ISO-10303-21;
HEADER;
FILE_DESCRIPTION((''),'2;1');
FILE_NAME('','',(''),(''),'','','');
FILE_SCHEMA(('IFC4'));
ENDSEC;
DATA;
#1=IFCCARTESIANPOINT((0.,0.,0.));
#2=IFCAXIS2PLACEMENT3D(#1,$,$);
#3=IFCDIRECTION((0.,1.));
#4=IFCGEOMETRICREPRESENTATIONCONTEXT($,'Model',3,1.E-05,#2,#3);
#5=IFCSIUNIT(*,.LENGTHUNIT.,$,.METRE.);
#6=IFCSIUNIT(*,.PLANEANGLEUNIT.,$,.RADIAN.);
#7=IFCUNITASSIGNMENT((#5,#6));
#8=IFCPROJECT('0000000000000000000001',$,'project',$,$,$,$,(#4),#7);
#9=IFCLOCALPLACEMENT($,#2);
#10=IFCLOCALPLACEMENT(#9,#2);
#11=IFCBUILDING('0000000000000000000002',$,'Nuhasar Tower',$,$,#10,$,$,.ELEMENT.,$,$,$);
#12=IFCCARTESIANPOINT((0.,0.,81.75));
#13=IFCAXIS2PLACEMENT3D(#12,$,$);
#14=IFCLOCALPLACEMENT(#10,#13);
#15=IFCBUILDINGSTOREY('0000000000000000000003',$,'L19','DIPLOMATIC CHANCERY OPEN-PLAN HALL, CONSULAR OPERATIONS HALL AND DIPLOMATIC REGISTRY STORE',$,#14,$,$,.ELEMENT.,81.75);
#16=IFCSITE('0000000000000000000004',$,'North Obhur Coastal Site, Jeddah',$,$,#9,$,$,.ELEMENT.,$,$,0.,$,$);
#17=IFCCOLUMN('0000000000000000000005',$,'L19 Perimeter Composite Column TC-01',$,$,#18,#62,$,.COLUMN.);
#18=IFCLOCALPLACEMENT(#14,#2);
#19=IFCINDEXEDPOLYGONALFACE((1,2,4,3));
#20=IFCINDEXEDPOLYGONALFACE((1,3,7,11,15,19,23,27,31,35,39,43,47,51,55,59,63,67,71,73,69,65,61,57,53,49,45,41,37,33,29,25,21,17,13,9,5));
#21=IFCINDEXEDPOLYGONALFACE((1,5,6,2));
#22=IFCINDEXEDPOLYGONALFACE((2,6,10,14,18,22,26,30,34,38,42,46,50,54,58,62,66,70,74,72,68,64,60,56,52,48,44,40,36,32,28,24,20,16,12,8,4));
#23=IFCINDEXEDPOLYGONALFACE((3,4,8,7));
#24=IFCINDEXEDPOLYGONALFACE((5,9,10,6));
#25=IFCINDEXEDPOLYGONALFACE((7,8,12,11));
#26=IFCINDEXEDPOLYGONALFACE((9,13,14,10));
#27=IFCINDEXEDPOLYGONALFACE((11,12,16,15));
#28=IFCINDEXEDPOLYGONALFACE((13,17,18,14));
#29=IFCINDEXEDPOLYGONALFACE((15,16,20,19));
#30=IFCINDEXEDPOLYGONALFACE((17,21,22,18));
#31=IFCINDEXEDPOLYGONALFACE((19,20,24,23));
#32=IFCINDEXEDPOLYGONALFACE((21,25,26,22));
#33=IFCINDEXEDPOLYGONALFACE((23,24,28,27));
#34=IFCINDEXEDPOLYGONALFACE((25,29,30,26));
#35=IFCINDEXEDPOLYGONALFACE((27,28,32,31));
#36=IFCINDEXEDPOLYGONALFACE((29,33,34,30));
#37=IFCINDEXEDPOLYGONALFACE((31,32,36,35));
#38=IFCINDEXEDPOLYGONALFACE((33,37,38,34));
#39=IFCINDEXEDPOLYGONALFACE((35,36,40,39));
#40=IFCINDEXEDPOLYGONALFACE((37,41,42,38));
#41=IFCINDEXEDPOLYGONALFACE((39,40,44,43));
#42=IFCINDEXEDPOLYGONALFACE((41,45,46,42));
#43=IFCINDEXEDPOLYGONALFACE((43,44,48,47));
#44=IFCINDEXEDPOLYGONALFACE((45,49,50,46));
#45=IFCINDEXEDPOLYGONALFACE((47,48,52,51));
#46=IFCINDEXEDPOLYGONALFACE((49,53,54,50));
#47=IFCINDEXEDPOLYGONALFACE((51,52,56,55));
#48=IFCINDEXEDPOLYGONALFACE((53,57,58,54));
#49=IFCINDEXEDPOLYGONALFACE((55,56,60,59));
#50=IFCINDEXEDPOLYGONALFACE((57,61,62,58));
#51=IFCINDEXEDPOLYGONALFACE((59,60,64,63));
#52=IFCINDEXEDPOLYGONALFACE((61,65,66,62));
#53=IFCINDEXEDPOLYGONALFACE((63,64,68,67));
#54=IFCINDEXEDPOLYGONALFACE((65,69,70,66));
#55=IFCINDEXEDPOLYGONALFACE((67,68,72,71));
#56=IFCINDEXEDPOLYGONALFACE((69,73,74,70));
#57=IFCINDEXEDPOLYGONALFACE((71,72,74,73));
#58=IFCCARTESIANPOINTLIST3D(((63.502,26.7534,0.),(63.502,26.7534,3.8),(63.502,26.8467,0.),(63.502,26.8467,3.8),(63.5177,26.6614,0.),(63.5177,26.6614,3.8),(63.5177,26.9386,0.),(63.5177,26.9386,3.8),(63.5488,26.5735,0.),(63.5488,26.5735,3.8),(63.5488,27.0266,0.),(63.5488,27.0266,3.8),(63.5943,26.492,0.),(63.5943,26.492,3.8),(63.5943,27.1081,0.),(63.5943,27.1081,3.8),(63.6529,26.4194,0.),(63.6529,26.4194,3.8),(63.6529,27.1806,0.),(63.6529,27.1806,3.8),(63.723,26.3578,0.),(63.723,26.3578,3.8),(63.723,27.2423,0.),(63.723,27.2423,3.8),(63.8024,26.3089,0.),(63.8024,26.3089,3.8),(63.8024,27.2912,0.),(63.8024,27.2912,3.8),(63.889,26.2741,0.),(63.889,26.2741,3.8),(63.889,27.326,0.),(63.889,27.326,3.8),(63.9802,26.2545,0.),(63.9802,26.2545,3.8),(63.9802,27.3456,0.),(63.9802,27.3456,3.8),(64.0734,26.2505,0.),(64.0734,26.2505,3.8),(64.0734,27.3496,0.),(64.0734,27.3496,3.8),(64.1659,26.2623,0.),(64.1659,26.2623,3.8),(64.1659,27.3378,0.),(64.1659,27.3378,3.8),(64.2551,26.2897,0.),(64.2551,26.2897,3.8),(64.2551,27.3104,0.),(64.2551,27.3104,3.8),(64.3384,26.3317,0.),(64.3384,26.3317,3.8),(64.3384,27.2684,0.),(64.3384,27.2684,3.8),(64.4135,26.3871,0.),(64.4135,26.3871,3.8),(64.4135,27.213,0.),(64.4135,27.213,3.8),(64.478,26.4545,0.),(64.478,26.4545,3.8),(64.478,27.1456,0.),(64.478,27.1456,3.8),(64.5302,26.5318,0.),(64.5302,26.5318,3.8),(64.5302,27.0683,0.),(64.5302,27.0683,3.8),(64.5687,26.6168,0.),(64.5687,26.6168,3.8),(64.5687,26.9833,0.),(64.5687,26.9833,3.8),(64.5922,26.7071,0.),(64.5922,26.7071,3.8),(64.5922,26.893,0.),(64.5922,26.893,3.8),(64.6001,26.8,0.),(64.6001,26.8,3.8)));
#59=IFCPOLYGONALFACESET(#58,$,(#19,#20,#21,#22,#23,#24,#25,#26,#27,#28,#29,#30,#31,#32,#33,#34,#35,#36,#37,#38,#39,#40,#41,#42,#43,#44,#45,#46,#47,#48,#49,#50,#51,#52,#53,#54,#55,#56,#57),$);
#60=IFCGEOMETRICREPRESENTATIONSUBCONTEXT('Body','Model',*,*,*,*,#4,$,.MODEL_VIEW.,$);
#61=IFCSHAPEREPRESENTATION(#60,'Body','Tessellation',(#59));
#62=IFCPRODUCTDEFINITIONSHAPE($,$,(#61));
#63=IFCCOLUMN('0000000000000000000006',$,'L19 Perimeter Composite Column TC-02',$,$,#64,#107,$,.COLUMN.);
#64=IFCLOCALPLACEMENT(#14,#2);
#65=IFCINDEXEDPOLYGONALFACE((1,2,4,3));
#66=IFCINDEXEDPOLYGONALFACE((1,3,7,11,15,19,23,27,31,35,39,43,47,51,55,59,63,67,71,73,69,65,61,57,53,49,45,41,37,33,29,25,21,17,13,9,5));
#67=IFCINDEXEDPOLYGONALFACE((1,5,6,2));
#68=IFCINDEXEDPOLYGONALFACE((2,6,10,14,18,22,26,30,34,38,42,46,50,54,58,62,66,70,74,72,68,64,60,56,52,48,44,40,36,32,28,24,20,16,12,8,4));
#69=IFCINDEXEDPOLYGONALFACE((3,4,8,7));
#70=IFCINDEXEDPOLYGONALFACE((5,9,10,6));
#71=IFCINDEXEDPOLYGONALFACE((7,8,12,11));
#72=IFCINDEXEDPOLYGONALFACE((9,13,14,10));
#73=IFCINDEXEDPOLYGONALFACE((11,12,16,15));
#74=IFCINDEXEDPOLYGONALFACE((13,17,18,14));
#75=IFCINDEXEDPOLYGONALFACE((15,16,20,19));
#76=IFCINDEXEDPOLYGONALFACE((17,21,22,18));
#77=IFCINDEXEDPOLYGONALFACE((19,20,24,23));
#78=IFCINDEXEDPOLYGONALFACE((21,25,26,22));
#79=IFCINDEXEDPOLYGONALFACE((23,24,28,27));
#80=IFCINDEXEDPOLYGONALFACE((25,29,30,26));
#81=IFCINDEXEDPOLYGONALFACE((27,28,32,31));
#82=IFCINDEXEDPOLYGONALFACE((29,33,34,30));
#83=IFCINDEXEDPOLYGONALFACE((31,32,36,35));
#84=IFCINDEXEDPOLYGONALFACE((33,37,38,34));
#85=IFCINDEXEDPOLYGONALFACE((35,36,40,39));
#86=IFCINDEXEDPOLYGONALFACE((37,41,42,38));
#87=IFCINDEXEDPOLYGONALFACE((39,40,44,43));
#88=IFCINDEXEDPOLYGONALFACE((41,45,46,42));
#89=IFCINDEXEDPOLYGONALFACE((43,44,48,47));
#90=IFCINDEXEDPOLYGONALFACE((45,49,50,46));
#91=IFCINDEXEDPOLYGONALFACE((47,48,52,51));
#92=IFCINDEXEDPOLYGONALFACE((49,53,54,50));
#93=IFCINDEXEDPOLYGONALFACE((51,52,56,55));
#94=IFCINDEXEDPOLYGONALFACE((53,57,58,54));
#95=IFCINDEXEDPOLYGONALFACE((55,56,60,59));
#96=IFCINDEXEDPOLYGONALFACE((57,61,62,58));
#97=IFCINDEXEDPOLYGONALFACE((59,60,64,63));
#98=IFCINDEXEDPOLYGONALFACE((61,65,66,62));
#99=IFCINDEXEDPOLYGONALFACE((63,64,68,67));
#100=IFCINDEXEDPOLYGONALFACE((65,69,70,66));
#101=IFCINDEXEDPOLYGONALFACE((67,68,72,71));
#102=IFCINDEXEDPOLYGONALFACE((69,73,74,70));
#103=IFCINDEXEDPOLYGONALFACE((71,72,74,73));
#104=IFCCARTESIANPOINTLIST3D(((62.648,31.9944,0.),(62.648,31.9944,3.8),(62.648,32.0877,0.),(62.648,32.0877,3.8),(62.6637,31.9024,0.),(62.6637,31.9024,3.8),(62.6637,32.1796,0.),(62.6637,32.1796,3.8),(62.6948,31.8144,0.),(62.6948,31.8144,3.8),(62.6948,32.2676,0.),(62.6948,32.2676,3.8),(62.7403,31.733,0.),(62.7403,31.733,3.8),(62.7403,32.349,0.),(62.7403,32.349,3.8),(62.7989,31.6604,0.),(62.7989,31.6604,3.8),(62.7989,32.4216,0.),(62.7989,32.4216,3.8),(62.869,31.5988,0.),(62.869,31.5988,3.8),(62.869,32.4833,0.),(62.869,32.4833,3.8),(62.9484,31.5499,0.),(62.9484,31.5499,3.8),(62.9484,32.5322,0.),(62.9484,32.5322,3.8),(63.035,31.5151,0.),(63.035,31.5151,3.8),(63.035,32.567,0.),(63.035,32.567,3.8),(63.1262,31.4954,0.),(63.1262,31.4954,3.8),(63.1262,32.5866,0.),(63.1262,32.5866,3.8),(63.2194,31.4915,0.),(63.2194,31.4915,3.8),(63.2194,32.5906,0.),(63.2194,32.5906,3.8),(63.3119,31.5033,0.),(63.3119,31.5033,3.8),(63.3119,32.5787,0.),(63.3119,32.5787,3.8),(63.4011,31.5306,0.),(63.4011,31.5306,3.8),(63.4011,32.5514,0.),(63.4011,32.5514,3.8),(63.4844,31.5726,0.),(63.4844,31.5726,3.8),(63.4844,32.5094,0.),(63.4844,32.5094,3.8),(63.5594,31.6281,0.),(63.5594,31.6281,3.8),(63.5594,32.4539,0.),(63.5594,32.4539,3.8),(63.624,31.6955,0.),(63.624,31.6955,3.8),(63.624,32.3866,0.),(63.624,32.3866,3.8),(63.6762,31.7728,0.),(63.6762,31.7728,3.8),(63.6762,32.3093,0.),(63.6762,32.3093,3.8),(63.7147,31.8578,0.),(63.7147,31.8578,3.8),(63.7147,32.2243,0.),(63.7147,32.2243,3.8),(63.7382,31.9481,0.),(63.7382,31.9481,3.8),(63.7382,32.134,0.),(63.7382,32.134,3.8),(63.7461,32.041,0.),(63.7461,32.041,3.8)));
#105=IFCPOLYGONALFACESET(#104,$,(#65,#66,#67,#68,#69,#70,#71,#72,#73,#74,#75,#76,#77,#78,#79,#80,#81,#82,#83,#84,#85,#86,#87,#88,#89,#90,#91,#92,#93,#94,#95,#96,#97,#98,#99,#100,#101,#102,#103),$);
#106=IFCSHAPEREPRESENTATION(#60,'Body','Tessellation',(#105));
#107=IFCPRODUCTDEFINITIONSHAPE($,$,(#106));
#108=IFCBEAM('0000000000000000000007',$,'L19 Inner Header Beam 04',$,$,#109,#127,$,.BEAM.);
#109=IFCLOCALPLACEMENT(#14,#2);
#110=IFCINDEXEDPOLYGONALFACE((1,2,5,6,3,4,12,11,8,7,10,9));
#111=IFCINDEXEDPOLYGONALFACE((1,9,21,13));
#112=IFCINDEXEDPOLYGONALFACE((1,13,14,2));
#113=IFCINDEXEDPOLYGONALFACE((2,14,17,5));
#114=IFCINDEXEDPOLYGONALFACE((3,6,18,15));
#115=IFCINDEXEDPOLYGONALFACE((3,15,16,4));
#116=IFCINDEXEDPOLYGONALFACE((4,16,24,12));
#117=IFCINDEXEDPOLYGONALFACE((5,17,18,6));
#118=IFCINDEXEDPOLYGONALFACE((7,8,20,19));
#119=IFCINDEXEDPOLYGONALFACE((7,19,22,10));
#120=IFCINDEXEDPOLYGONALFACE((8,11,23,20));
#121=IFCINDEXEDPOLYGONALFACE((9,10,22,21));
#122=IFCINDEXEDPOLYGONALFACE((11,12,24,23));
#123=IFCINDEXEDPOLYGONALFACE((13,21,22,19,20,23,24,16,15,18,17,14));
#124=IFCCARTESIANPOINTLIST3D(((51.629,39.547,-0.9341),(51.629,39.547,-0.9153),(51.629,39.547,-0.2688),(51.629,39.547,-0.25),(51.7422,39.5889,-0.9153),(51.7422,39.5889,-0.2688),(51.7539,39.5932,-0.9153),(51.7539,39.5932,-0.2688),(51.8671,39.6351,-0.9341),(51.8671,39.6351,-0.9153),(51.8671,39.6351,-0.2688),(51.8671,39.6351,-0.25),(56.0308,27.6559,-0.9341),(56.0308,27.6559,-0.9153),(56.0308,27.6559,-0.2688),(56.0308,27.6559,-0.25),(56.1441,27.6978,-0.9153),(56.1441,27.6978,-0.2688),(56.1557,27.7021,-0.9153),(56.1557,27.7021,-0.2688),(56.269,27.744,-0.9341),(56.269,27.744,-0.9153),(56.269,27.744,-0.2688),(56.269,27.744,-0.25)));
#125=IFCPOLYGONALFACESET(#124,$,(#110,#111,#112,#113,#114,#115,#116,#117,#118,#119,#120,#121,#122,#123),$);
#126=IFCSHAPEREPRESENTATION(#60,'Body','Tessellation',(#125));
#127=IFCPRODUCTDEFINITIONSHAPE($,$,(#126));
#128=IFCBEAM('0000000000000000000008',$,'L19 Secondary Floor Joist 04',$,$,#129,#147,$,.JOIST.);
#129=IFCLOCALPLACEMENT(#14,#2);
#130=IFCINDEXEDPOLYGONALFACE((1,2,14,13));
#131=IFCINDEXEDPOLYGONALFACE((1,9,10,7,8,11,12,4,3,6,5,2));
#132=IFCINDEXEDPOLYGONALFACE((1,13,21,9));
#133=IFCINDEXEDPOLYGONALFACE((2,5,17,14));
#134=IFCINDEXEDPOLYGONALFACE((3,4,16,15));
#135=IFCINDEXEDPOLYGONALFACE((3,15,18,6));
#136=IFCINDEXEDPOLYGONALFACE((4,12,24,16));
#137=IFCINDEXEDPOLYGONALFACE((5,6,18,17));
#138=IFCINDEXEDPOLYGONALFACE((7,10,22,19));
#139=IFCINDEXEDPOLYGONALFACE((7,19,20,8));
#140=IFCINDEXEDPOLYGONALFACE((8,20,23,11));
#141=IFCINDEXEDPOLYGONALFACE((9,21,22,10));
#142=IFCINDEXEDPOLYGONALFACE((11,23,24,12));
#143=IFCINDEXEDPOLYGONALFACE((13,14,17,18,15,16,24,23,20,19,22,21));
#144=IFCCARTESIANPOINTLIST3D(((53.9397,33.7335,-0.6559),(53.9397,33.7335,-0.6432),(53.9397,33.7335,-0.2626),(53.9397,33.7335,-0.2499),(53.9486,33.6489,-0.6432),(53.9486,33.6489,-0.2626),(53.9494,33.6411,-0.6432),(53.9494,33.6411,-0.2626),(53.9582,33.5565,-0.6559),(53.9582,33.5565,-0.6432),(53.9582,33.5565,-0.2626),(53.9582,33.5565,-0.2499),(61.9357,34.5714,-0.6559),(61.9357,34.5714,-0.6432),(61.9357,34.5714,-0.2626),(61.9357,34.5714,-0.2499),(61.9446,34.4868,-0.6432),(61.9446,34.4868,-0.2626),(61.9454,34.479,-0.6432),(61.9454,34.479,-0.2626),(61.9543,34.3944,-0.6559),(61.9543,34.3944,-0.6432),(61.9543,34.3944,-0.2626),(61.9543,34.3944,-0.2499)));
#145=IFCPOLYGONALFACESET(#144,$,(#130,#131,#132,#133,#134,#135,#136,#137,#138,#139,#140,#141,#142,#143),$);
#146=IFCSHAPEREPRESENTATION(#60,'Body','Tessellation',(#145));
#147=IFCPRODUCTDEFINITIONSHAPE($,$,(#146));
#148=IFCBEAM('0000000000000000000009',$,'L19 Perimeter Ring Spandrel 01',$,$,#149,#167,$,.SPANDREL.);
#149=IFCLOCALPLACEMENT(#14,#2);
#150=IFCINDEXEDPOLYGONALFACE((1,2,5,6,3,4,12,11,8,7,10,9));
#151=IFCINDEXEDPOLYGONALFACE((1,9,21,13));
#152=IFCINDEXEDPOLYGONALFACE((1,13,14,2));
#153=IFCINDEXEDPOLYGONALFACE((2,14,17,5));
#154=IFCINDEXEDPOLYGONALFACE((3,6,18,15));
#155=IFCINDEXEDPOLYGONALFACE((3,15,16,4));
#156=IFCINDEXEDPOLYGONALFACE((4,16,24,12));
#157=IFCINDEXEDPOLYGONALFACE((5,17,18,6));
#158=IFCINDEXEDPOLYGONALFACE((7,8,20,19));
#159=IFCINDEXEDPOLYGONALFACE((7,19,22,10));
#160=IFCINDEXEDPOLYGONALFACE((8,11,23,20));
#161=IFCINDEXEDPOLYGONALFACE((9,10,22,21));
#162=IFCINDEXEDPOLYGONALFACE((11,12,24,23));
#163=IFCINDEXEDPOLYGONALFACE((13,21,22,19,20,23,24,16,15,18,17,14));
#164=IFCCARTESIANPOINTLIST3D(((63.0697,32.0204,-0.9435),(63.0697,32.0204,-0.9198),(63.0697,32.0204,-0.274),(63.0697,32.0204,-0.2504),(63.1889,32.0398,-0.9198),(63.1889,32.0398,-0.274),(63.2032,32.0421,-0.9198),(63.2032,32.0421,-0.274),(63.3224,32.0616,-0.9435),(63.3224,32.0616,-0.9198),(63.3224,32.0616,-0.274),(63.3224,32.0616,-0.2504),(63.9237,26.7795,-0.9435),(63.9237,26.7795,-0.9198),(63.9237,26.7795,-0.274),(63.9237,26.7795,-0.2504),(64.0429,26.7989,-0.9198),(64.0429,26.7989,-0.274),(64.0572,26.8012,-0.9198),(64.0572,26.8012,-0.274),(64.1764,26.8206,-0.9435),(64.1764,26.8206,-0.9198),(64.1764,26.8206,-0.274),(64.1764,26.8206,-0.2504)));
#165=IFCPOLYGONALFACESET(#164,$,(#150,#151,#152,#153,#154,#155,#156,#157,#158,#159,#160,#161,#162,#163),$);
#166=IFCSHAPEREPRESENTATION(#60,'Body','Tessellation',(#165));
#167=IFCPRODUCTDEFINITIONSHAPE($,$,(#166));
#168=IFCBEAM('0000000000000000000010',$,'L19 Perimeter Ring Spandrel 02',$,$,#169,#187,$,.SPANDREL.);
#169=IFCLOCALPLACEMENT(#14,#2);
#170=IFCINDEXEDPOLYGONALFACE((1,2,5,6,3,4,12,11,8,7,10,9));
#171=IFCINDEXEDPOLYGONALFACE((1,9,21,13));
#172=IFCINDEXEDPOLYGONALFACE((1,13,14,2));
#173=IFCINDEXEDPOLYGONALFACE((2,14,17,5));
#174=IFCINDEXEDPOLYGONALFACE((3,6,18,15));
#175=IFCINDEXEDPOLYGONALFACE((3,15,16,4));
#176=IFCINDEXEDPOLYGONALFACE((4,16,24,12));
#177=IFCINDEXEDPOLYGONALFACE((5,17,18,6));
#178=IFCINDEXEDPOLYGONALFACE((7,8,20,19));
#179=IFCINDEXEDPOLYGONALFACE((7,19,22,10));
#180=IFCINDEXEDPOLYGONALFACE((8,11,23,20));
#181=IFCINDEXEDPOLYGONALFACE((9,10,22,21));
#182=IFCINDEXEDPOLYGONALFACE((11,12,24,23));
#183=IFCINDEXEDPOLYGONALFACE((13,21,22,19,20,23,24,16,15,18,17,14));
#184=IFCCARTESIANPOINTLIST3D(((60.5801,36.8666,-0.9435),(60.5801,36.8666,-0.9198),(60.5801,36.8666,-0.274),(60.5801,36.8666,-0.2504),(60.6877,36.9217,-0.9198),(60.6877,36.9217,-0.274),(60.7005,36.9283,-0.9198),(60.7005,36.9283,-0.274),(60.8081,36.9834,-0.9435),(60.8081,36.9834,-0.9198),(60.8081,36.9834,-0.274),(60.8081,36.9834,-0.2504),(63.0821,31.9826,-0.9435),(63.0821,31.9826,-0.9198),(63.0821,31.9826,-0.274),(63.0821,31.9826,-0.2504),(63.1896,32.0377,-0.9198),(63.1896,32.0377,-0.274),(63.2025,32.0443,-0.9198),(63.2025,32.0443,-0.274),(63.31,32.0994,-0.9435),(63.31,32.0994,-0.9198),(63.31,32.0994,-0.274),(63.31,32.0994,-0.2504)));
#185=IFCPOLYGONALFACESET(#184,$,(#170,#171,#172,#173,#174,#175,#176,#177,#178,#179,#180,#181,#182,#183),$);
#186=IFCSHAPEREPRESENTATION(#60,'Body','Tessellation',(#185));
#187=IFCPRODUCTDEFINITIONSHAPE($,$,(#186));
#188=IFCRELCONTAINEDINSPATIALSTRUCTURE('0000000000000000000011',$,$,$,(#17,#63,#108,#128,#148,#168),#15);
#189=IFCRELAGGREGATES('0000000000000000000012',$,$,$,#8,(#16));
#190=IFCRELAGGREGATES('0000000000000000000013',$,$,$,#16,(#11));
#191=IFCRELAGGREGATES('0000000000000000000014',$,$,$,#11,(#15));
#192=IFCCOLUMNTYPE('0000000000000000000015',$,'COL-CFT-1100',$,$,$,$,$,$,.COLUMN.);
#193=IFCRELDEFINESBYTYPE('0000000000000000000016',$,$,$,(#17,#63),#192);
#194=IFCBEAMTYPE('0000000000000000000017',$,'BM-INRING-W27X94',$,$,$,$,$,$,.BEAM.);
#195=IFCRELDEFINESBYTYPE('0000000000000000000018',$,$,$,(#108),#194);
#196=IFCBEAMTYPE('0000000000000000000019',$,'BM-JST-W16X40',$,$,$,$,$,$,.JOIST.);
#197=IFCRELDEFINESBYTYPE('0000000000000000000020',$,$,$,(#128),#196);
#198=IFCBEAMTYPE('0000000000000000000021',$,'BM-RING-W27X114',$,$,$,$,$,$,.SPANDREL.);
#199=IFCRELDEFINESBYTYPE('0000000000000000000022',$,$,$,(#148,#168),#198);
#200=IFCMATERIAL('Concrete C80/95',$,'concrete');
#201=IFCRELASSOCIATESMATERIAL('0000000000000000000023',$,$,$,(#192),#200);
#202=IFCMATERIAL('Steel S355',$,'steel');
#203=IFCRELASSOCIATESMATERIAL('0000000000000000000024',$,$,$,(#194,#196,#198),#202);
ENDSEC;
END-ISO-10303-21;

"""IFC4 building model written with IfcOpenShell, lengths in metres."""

from ifc_helpers import new_model, si_unit, direction, frame, origin, origin_2d, place, context, subcontext, project, spatial, circle, i_section, extrude, material, material_profile, profile_set, type_object, element, save


model = new_model("IFC4")

# Units and contexts
model_context = context("Model", 3, precision=1e-05, world=origin(), true_north=direction((0.0, 1.0)))
body_context = subcontext(model_context, "Body", "Model", "MODEL_VIEW")
ifc_project = project(units=[si_unit("LENGTHUNIT", "METRE"), si_unit("PLANEANGLEUNIT", "RADIAN")], contexts=[model_context])

# Site, building, storey
site_placement = place(None, origin())
site = spatial("IfcSite", under=ifc_project, at=site_placement, Name="North Obhur Coastal Site, Jeddah", CompositionType="ELEMENT", RefElevation=0.0)
building_placement = place(site_placement, origin())
building = spatial("IfcBuilding", under=site, at=building_placement, Name="Nuhasar Tower", CompositionType="ELEMENT")
storey_placement = place(building_placement, frame((0.0, 0.0, 81.75)))
storey = spatial("IfcBuildingStorey", under=building, at=storey_placement, Name="L19", Description="DIPLOMATIC CHANCERY OPEN-PLAN HALL, CONSULAR OPERATIONS HALL AND DIPLOMATIC REGISTRY STORE", CompositionType="ELEMENT", Elevation=81.75)

# Columns
ifc_material_1 = material(Name="Concrete C80/95", Category="concrete")
ifc_material_profile_1 = material_profile(ifc_material_1, circle(Radius=0.55, at=origin_2d()), Name="CFT1100")
ifc_profile_set_1 = profile_set([ifc_material_profile_1], Name="Concrete C80/95")
column_type = type_object("IfcColumnType", Name="COL-CFT-1100", PredefinedType="COLUMN", material=ifc_profile_set_1)
for number, where, z_axis, x_axis, name in (
    (1, (64.05, 26.8, 0.0), (0.0, 0.0, 1.0), (1.0, 0.0, 0.0), "L19 Perimeter Composite Column TC-01"),
    (2, (63.196, 32.041, 0.0), (0.0, 0.0, 1.0), (1.0, 0.0, 0.0), "L19 Perimeter Composite Column TC-02"),
):
    element("IfcColumn", number, at=place(storey_placement, frame(where, z_axis=z_axis, x_axis=x_axis)), inside=storey, type_object=column_type, Name=name, PredefinedType="COLUMN", context=body_context, shape_type="SweptSolid", body=[
        extrude(circle(Radius=0.55, at=origin_2d()), origin(), (0.0, 0.0, 1.0), 3.8),
    ])

# Beams
ifc_material_2 = material(Name="Steel S355", Category="steel")
ifc_material_profile_2 = material_profile(ifc_material_2, i_section(OverallWidth=0.2539, OverallDepth=0.6841, WebThickness=0.0125, FlangeThickness=0.0188, at=origin_2d()), Name="W27X94")
ifc_profile_set_2 = profile_set([ifc_material_profile_2], Name="Steel S355")
beam_type_1 = type_object("IfcBeamType", Name="BM-INRING-W27X94", PredefinedType="BEAM", material=ifc_profile_set_2)
beam_1_placement = place(storey_placement, frame((56.1499, 27.7, -0.592), z_axis=(-0.347158, 0.937807, 0.0), x_axis=(-0.937807, -0.347158, 0.0)))
element("IfcBeam", 3, at=beam_1_placement, inside=storey, type_object=beam_type_1, Name="L19 Inner Header Beam 04", PredefinedType="BEAM", context=body_context, shape_type="SweptSolid", body=[
    extrude(i_section(OverallWidth=0.2539, OverallDepth=0.6841, WebThickness=0.0125, FlangeThickness=0.0188, at=origin_2d()), origin(), (0.0, 0.0, 1.0), 12.6797),
])
ifc_material_profile_3 = material_profile(ifc_material_2, i_section(OverallWidth=0.178, OverallDepth=0.406, WebThickness=0.0078, FlangeThickness=0.0127, at=origin_2d()), Name="W16X40")
ifc_profile_set_3 = profile_set([ifc_material_profile_3], Name="Steel S355")
beam_type_2 = type_object("IfcBeamType", Name="BM-JST-W16X40", PredefinedType="JOIST", material=ifc_profile_set_3)
beam_2_placement = place(storey_placement, frame((53.949, 33.645, -0.4529), z_axis=(0.994555, 0.104217, 0.0), x_axis=(-0.104217, 0.994555, 0.0)))
element("IfcBeam", 4, at=beam_2_placement, inside=storey, type_object=beam_type_2, Name="L19 Secondary Floor Joist 04", PredefinedType="JOIST", context=body_context, shape_type="SweptSolid", body=[
    extrude(i_section(OverallWidth=0.178, OverallDepth=0.406, WebThickness=0.0078, FlangeThickness=0.0127, at=origin_2d()), origin(), (0.0, 0.0, 1.0), 8.0398),
])
ifc_material_profile_4 = material_profile(ifc_material_2, i_section(OverallWidth=0.2561, OverallDepth=0.6931, WebThickness=0.0144, FlangeThickness=0.0237, at=origin_2d()), Name="W27X114")
ifc_profile_set_4 = profile_set([ifc_material_profile_4], Name="Steel S355")
beam_type_3 = type_object("IfcBeamType", Name="BM-RING-W27X114", PredefinedType="SPANDREL", material=ifc_profile_set_4)
beam_3_placement = place(storey_placement, frame((64.05, 26.8, -0.5969), z_axis=(-0.160827, 0.986983, 0.0), x_axis=(-0.986983, -0.160827, 0.0)))
element("IfcBeam", 5, at=beam_3_placement, inside=storey, type_object=beam_type_3, Name="L19 Perimeter Ring Spandrel 01", PredefinedType="SPANDREL", context=body_context, shape_type="SweptSolid", body=[
    extrude(i_section(OverallWidth=0.2561, OverallDepth=0.6931, WebThickness=0.0144, FlangeThickness=0.0237, at=origin_2d()), origin(), (0.0, 0.0, 1.0), 5.3101),
])
beam_4_placement = place(storey_placement, frame((63.196, 32.041, -0.5969), z_axis=(-0.45593, 0.890016, 0.0), x_axis=(-0.890016, -0.45593, 0.0)))
element("IfcBeam", 6, at=beam_4_placement, inside=storey, type_object=beam_type_3, Name="L19 Perimeter Ring Spandrel 02", PredefinedType="SPANDREL", context=body_context, shape_type="SweptSolid", body=[
    extrude(i_section(OverallWidth=0.2561, OverallDepth=0.6931, WebThickness=0.0144, FlangeThickness=0.0237, at=origin_2d()), origin(), (0.0, 0.0, 1.0), 5.4875),
])

save(model, "model.ifc")
